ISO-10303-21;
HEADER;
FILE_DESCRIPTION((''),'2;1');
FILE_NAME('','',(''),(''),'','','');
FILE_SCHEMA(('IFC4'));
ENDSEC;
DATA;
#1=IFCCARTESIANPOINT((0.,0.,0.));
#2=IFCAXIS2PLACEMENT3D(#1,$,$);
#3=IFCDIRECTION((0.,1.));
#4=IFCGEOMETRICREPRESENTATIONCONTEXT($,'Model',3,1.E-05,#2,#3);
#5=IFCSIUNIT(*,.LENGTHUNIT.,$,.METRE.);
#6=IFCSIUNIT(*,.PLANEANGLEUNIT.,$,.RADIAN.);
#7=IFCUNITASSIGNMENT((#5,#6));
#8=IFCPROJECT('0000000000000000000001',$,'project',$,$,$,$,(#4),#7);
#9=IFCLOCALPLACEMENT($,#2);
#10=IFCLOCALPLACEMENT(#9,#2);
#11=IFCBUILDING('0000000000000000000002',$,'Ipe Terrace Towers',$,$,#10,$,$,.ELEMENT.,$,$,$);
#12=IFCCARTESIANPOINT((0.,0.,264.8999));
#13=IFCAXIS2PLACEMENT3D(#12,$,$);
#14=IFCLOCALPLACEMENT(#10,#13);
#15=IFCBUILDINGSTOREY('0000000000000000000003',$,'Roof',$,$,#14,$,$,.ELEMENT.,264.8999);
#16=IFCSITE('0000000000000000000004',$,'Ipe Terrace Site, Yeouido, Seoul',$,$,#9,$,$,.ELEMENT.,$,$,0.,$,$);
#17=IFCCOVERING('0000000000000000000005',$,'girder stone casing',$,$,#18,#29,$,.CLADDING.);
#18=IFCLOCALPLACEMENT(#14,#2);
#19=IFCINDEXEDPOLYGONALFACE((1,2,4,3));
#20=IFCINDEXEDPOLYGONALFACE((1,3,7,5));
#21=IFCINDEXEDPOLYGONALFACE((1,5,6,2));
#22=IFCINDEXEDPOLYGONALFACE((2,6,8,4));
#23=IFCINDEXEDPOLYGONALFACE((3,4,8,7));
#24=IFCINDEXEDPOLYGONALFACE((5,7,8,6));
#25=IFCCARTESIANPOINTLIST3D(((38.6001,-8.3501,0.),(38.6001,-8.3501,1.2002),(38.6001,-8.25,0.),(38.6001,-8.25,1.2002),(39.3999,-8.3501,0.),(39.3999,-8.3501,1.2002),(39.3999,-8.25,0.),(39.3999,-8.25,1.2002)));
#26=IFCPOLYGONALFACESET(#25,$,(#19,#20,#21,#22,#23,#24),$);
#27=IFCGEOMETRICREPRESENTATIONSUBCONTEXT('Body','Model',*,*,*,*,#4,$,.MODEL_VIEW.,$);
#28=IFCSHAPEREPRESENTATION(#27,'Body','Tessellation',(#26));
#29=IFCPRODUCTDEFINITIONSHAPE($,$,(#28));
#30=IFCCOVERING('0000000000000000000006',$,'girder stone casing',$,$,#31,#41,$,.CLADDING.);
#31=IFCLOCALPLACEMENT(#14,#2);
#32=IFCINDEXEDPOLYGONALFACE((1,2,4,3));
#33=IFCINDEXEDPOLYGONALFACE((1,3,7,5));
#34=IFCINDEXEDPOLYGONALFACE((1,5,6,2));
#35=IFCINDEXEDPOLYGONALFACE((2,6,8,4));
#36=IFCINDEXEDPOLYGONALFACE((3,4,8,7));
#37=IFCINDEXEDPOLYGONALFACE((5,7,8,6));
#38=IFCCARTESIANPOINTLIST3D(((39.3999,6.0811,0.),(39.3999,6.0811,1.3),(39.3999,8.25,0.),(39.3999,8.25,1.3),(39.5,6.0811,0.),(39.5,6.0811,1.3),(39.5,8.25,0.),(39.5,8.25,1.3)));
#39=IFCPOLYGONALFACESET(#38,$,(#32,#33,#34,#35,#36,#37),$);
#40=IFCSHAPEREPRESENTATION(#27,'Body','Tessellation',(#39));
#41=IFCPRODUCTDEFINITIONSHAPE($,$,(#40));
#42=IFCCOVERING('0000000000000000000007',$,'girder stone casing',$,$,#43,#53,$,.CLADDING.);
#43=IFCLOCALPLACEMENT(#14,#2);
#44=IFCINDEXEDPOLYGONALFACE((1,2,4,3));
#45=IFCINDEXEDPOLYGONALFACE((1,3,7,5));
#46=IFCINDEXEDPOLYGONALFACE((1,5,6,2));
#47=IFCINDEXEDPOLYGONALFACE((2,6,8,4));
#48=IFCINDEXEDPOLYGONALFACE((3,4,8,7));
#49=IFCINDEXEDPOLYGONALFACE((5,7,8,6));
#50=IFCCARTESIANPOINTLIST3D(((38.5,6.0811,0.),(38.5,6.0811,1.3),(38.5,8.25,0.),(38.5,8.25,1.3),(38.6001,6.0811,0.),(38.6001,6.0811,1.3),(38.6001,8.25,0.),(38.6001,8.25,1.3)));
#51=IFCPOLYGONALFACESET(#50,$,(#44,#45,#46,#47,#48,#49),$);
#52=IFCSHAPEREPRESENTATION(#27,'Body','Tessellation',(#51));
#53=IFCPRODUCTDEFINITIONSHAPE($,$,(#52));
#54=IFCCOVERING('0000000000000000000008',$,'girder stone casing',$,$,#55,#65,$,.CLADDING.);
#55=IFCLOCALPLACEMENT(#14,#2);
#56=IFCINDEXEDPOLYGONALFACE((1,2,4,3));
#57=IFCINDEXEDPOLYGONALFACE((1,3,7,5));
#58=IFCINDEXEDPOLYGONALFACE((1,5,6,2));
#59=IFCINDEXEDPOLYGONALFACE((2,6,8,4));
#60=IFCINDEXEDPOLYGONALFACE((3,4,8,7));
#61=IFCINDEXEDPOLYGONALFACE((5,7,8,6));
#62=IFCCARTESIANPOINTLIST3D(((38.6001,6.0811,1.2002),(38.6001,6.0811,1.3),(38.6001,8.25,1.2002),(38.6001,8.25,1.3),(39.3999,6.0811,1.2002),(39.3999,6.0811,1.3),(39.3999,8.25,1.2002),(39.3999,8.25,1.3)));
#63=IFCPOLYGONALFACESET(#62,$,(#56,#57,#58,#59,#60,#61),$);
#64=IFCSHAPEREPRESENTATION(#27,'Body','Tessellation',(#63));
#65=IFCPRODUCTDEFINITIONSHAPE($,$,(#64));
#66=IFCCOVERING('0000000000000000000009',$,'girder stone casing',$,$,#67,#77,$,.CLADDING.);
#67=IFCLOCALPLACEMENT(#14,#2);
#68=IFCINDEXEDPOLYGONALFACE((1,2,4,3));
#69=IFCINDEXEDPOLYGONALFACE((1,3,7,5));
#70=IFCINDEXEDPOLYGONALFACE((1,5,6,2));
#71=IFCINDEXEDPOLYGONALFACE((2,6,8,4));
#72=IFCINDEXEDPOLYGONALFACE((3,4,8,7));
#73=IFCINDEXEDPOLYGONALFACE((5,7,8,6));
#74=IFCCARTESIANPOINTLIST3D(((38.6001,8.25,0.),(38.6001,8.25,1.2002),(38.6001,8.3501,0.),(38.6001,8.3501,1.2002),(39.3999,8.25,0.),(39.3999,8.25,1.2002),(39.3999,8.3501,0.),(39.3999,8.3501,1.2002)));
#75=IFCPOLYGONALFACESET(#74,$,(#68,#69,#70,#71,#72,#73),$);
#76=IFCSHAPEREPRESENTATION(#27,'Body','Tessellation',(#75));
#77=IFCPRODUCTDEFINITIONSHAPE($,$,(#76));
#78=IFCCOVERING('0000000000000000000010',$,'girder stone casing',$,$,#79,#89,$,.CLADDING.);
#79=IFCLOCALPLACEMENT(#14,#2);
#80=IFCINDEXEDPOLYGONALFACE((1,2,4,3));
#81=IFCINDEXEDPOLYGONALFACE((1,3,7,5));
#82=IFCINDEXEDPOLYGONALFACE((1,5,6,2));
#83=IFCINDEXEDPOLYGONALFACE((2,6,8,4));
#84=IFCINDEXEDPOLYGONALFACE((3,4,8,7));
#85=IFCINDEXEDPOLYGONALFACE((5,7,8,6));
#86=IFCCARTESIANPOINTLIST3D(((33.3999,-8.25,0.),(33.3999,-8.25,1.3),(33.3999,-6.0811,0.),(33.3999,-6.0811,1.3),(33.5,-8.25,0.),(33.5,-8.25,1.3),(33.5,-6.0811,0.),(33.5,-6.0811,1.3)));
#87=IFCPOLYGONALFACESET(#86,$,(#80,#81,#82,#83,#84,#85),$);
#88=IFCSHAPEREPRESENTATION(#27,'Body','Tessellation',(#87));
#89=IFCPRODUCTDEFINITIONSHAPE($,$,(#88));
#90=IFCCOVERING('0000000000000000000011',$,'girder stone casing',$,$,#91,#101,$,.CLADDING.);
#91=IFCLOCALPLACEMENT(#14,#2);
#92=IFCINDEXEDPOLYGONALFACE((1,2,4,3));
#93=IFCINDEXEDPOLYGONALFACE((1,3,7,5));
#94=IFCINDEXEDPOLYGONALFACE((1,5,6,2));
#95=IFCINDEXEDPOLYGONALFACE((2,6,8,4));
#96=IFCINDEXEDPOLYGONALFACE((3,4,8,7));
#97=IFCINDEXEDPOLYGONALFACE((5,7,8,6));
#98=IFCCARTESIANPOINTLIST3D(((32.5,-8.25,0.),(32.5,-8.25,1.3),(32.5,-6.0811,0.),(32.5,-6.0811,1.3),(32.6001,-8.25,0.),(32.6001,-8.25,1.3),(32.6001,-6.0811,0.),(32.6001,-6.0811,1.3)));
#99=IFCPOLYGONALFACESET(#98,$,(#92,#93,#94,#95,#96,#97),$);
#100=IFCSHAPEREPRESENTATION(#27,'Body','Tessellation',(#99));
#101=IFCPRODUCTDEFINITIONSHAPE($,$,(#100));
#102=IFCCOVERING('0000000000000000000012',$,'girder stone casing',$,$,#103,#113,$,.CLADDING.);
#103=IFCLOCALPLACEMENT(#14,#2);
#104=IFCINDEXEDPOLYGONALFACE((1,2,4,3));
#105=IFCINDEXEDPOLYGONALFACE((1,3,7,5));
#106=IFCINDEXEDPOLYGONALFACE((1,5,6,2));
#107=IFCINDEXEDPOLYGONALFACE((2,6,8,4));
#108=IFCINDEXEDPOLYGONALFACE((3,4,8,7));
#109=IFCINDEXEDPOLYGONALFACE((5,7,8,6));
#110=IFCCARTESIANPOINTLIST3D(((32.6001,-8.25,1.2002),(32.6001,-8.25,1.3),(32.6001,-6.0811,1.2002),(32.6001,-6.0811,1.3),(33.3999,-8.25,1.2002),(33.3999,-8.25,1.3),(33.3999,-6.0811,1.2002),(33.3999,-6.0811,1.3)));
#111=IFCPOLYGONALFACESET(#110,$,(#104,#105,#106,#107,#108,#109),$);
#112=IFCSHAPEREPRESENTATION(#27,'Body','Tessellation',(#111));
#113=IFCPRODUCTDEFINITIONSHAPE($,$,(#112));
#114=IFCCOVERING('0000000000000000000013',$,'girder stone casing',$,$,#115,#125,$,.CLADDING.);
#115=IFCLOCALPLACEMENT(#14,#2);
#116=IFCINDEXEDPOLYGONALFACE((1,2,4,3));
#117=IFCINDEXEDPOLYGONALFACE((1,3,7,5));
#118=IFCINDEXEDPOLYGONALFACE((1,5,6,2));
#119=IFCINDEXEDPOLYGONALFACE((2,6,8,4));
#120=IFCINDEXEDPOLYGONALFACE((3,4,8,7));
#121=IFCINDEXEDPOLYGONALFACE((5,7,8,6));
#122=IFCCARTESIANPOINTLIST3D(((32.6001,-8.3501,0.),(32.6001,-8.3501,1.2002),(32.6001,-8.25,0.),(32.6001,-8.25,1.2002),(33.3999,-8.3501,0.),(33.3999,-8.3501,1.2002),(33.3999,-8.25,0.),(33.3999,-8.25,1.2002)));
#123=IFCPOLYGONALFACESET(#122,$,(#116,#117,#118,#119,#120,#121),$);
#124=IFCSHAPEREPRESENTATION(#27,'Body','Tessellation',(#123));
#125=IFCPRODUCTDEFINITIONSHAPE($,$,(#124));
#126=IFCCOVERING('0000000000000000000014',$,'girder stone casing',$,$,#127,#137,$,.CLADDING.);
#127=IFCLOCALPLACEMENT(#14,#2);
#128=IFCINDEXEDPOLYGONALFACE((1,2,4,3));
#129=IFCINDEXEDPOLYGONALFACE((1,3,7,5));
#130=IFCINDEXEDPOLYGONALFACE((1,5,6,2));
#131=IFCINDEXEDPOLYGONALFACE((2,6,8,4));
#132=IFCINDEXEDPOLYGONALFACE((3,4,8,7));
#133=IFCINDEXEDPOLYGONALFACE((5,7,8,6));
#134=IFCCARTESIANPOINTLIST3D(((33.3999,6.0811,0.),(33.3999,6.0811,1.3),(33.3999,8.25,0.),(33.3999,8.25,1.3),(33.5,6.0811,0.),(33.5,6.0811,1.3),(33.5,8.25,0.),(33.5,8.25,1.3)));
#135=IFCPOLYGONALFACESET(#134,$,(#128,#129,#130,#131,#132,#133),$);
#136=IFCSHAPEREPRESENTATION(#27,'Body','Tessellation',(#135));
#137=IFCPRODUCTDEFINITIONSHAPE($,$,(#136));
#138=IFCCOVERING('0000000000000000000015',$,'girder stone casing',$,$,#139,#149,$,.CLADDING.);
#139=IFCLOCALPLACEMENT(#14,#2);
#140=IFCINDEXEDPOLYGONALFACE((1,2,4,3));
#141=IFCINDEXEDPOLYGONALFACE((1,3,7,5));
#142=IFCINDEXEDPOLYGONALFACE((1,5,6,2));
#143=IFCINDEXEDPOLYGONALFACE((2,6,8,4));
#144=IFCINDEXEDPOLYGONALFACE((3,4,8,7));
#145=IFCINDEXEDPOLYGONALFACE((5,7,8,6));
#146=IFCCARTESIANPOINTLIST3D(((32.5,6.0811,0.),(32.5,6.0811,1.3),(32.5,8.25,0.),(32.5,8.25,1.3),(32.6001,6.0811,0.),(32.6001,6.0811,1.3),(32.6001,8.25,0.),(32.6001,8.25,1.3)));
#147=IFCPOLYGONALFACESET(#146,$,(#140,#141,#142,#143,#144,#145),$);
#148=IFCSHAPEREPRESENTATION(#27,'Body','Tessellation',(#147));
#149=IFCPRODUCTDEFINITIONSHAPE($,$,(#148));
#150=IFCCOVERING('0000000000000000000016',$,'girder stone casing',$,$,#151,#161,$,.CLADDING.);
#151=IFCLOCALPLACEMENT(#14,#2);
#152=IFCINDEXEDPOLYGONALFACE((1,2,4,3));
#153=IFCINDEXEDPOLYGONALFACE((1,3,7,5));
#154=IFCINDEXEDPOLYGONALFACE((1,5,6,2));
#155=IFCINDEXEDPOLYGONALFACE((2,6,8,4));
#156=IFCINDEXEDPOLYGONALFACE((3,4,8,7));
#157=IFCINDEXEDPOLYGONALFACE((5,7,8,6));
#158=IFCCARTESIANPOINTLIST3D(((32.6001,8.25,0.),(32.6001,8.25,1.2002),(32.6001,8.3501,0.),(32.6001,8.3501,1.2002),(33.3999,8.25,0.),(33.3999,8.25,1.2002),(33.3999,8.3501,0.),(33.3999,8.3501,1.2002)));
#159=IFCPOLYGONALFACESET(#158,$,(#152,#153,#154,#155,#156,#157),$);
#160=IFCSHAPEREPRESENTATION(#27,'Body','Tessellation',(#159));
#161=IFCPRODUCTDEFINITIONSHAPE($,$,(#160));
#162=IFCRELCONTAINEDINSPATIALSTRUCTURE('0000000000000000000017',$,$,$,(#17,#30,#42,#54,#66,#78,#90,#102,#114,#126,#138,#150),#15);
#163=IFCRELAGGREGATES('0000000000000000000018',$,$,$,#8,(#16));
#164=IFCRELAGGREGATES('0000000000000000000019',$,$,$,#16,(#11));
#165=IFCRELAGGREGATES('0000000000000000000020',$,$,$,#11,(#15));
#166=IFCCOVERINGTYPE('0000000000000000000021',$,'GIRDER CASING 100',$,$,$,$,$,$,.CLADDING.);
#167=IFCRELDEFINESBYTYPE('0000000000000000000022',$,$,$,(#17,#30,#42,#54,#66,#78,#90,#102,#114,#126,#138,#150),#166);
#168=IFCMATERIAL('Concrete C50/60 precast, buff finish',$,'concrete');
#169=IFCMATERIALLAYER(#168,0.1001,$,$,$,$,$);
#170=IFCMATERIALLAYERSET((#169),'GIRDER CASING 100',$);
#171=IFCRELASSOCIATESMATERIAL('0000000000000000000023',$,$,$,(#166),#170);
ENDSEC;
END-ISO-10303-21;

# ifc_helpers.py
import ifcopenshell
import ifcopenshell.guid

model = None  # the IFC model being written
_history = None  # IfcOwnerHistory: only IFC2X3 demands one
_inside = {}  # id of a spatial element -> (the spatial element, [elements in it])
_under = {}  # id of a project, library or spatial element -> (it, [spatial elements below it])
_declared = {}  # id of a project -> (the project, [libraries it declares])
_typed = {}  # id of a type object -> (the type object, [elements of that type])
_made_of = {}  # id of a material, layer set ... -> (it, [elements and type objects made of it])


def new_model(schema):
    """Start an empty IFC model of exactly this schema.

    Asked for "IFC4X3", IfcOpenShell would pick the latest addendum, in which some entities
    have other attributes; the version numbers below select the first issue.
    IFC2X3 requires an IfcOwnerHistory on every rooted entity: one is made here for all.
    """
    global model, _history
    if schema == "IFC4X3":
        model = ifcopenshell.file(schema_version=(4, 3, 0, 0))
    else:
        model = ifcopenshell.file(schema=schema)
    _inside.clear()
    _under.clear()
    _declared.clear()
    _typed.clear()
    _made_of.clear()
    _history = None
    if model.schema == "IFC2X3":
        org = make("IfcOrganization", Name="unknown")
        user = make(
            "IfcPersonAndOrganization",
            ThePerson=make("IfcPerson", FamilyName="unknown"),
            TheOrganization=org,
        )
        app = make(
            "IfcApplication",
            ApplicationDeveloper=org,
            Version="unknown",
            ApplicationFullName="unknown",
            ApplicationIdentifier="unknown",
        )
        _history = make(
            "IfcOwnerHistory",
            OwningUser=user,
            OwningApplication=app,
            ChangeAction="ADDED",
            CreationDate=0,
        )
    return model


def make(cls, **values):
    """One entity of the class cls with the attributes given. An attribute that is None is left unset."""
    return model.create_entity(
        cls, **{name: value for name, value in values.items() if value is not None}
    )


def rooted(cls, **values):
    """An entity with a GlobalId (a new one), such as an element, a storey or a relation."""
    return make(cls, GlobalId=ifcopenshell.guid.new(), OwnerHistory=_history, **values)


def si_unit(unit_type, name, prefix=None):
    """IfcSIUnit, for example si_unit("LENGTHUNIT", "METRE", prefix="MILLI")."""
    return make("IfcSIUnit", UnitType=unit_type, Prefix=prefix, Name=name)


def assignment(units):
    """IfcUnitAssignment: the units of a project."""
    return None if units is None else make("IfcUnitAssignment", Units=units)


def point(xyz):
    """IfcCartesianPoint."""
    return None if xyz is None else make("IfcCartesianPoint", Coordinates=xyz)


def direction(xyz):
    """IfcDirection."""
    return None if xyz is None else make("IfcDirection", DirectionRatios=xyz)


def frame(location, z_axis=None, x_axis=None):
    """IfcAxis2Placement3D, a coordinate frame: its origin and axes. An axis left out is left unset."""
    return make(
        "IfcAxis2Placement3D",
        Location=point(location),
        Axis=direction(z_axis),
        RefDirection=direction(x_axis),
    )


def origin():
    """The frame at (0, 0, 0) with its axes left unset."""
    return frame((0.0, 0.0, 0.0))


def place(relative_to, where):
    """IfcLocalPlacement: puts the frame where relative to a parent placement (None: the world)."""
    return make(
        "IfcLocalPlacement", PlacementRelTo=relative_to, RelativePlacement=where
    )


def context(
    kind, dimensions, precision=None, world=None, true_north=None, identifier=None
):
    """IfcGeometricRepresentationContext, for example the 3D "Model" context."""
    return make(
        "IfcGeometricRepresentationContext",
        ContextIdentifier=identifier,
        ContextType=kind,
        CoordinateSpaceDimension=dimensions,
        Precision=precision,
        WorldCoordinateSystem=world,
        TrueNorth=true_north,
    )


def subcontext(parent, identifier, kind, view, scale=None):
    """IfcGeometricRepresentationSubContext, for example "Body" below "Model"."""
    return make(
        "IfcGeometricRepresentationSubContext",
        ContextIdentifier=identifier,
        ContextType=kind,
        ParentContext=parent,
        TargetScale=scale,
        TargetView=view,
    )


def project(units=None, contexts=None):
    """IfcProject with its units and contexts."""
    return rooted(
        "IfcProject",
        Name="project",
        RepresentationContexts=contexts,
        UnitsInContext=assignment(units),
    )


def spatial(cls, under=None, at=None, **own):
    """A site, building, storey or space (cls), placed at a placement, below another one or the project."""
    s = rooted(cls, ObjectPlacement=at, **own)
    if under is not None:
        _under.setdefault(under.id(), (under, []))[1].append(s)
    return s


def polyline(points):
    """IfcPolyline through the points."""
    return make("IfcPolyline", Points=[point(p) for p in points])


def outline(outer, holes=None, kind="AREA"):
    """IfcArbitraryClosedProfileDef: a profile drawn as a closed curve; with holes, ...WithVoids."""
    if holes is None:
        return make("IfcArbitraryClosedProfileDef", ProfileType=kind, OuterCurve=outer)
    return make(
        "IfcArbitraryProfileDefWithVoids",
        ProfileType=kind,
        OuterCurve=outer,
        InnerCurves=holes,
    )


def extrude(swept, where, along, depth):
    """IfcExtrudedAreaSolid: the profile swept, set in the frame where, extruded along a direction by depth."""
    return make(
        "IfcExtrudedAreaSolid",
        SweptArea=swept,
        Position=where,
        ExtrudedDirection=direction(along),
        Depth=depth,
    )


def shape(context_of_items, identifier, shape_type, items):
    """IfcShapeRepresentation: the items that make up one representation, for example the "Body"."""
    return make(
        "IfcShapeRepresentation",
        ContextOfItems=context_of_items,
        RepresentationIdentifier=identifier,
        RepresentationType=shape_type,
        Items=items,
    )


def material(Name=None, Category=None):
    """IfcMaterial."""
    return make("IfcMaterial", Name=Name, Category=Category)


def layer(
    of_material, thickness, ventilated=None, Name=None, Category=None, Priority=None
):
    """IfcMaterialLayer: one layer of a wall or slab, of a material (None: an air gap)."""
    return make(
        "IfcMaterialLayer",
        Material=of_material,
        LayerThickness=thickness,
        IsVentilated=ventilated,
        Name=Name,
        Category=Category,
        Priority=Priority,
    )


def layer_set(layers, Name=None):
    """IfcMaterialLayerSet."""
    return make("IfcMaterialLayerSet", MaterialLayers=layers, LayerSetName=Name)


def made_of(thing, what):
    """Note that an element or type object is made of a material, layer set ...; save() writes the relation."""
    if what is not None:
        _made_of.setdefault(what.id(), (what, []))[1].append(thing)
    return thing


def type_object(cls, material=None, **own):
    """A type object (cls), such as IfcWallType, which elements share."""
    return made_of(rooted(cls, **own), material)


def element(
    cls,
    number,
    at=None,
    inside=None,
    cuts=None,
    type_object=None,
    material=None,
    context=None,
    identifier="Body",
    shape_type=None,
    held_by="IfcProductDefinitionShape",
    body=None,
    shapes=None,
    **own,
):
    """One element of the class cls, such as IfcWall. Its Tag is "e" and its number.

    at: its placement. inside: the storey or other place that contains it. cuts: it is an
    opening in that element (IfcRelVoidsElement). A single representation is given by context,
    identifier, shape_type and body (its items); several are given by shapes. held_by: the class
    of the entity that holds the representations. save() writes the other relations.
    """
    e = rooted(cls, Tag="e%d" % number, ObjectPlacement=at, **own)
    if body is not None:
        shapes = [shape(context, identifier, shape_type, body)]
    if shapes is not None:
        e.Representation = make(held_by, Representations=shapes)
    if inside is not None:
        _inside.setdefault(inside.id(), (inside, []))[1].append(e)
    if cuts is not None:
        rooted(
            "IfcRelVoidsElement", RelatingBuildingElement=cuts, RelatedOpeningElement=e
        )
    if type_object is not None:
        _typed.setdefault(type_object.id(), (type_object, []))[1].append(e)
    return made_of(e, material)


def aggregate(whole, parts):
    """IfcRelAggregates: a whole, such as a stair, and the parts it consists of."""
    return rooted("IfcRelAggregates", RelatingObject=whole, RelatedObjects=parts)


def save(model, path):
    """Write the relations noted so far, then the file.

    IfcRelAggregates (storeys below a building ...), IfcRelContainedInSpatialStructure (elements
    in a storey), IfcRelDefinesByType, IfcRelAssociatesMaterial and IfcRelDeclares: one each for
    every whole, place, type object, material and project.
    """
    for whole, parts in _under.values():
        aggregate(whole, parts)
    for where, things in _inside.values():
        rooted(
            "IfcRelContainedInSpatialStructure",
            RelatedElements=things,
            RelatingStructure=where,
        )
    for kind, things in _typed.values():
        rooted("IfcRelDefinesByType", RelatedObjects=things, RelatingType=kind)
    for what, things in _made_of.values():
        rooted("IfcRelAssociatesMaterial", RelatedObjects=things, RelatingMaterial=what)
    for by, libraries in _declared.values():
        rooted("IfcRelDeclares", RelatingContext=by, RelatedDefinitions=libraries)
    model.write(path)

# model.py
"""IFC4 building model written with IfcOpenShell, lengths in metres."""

from ifc_helpers import new_model, si_unit, direction, frame, origin, place, context, subcontext, project, spatial, polyline, outline, extrude, material, layer, layer_set, type_object, element, save


model = new_model("IFC4")

# Units and contexts
model_context = context("Model", 3, precision=1e-05, world=origin(), true_north=direction((0.0, 1.0)))
body_context = subcontext(model_context, "Body", "Model", "MODEL_VIEW")
ifc_project = project(units=[si_unit("LENGTHUNIT", "METRE"), si_unit("PLANEANGLEUNIT", "RADIAN")], contexts=[model_context])

# Site, building, storey
site_placement = place(None, origin())
site = spatial("IfcSite", under=ifc_project, at=site_placement, Name="Ipe Terrace Site, Yeouido, Seoul", CompositionType="ELEMENT", RefElevation=0.0)
building_placement = place(site_placement, origin())
building = spatial("IfcBuilding", under=site, at=building_placement, Name="Ipe Terrace Towers", CompositionType="ELEMENT")
storey_placement = place(building_placement, frame((0.0, 0.0, 264.8999)))
storey = spatial("IfcBuildingStorey", under=building, at=storey_placement, Name="Roof", CompositionType="ELEMENT", Elevation=264.8999)

# Coverings
ifc_material_1 = material(Name="Concrete C50/60 precast, buff finish", Category="concrete")
ifc_layer_1 = layer(ifc_material_1, 0.1001)
ifc_layer_set_1 = layer_set([ifc_layer_1], Name="GIRDER CASING 100")
covering_type_1 = type_object("IfcCoveringType", Name="GIRDER CASING 100", PredefinedType="CLADDING", material=ifc_layer_set_1)
covering_1_placement = place(storey_placement, origin())
element("IfcCovering", 1, at=covering_1_placement, inside=storey, type_object=covering_type_1, Name="girder stone casing", PredefinedType="CLADDING", context=body_context, shape_type="SweptSolid", body=[
    extrude(outline(polyline([(39.3999, -8.3501), (39.3999, -8.25), (38.6001, -8.25), (38.6001, -8.3501), (39.3999, -8.3501)])), origin(), (0.0, 0.0, 1.0), 1.2002),
])
covering_2_placement = place(storey_placement, origin())
element("IfcCovering", 2, at=covering_2_placement, inside=storey, type_object=covering_type_1, Name="girder stone casing", PredefinedType="CLADDING", context=body_context, shape_type="SweptSolid", body=[
    extrude(outline(polyline([(39.5, 6.0811), (39.5, 8.25), (39.3999, 8.25), (39.3999, 6.0811), (39.5, 6.0811)])), origin(), (0.0, 0.0, 1.0), 1.3),
])
covering_3_placement = place(storey_placement, origin())
element("IfcCovering", 3, at=covering_3_placement, inside=storey, type_object=covering_type_1, Name="girder stone casing", PredefinedType="CLADDING", context=body_context, shape_type="SweptSolid", body=[
    extrude(outline(polyline([(38.6001, 6.0811), (38.6001, 8.25), (38.5, 8.25), (38.5, 6.0811), (38.6001, 6.0811)])), origin(), (0.0, 0.0, 1.0), 1.3),
])
covering_4_placement = place(storey_placement, frame((0.0, 0.0, 1.2002)))
element("IfcCovering", 4, at=covering_4_placement, inside=storey, type_object=covering_type_1, Name="girder stone casing", PredefinedType="CLADDING", context=body_context, shape_type="SweptSolid", body=[
    extrude(outline(polyline([(39.3999, 6.0811), (39.3999, 8.25), (38.6001, 8.25), (38.6001, 6.0811), (39.3999, 6.0811)])), origin(), (0.0, 0.0, 1.0), 0.0999),
])
covering_5_placement = place(storey_placement, origin())
element("IfcCovering", 5, at=covering_5_placement, inside=storey, type_object=covering_type_1, Name="girder stone casing", PredefinedType="CLADDING", context=body_context, shape_type="SweptSolid", body=[
    extrude(outline(polyline([(39.3999, 8.25), (39.3999, 8.3501), (38.6001, 8.3501), (38.6001, 8.25), (39.3999, 8.25)])), origin(), (0.0, 0.0, 1.0), 1.2002),
])
covering_6_placement = place(storey_placement, origin())
element("IfcCovering", 6, at=covering_6_placement, inside=storey, type_object=covering_type_1, Name="girder stone casing", PredefinedType="CLADDING", context=body_context, shape_type="SweptSolid", body=[
    extrude(outline(polyline([(33.5, -8.25), (33.5, -6.0811), (33.3999, -6.0811), (33.3999, -8.25), (33.5, -8.25)])), origin(), (0.0, 0.0, 1.0), 1.3),
])
covering_7_placement = place(storey_placement, origin())
element("IfcCovering", 7, at=covering_7_placement, inside=storey, type_object=covering_type_1, Name="girder stone casing", PredefinedType="CLADDING", context=body_context, shape_type="SweptSolid", body=[
    extrude(outline(polyline([(32.6001, -8.25), (32.6001, -6.0811), (32.5, -6.0811), (32.5, -8.25), (32.6001, -8.25)])), origin(), (0.0, 0.0, 1.0), 1.3),
])
covering_8_placement = place(storey_placement, frame((0.0, 0.0, 1.2002)))
element("IfcCovering", 8, at=covering_8_placement, inside=storey, type_object=covering_type_1, Name="girder stone casing", PredefinedType="CLADDING", context=body_context, shape_type="SweptSolid", body=[
    extrude(outline(polyline([(33.3999, -8.25), (33.3999, -6.0811), (32.6001, -6.0811), (32.6001, -8.25), (33.3999, -8.25)])), origin(), (0.0, 0.0, 1.0), 0.0999),
])
covering_9_placement = place(storey_placement, origin())
element("IfcCovering", 9, at=covering_9_placement, inside=storey, type_object=covering_type_1, Name="girder stone casing", PredefinedType="CLADDING", context=body_context, shape_type="SweptSolid", body=[
    extrude(outline(polyline([(33.3999, -8.3501), (33.3999, -8.25), (32.6001, -8.25), (32.6001, -8.3501), (33.3999, -8.3501)])), origin(), (0.0, 0.0, 1.0), 1.2002),
])
covering_10_placement = place(storey_placement, origin())
element("IfcCovering", 10, at=covering_10_placement, inside=storey, type_object=covering_type_1, Name="girder stone casing", PredefinedType="CLADDING", context=body_context, shape_type="SweptSolid", body=[
    extrude(outline(polyline([(33.5, 6.0811), (33.5, 8.25), (33.3999, 8.25), (33.3999, 6.0811), (33.5, 6.0811)])), origin(), (0.0, 0.0, 1.0), 1.3),
])
covering_11_placement = place(storey_placement, origin())
element("IfcCovering", 11, at=covering_11_placement, inside=storey, type_object=covering_type_1, Name="girder stone casing", PredefinedType="CLADDING", context=body_context, shape_type="SweptSolid", body=[
    extrude(outline(polyline([(32.6001, 6.0811), (32.6001, 8.25), (32.5, 8.25), (32.5, 6.0811), (32.6001, 6.0811)])), origin(), (0.0, 0.0, 1.0), 1.3),
])
covering_12_placement = place(storey_placement, origin())
element("IfcCovering", 12, at=covering_12_placement, inside=storey, type_object=covering_type_1, Name="girder stone casing", PredefinedType="CLADDING", context=body_context, shape_type="SweptSolid", body=[
    extrude(outline(polyline([(33.3999, 8.25), (33.3999, 8.3501), (32.6001, 8.3501), (32.6001, 8.25), (33.3999, 8.25)])), origin(), (0.0, 0.0, 1.0), 1.2002),
])

save(model, "model.ifc")
